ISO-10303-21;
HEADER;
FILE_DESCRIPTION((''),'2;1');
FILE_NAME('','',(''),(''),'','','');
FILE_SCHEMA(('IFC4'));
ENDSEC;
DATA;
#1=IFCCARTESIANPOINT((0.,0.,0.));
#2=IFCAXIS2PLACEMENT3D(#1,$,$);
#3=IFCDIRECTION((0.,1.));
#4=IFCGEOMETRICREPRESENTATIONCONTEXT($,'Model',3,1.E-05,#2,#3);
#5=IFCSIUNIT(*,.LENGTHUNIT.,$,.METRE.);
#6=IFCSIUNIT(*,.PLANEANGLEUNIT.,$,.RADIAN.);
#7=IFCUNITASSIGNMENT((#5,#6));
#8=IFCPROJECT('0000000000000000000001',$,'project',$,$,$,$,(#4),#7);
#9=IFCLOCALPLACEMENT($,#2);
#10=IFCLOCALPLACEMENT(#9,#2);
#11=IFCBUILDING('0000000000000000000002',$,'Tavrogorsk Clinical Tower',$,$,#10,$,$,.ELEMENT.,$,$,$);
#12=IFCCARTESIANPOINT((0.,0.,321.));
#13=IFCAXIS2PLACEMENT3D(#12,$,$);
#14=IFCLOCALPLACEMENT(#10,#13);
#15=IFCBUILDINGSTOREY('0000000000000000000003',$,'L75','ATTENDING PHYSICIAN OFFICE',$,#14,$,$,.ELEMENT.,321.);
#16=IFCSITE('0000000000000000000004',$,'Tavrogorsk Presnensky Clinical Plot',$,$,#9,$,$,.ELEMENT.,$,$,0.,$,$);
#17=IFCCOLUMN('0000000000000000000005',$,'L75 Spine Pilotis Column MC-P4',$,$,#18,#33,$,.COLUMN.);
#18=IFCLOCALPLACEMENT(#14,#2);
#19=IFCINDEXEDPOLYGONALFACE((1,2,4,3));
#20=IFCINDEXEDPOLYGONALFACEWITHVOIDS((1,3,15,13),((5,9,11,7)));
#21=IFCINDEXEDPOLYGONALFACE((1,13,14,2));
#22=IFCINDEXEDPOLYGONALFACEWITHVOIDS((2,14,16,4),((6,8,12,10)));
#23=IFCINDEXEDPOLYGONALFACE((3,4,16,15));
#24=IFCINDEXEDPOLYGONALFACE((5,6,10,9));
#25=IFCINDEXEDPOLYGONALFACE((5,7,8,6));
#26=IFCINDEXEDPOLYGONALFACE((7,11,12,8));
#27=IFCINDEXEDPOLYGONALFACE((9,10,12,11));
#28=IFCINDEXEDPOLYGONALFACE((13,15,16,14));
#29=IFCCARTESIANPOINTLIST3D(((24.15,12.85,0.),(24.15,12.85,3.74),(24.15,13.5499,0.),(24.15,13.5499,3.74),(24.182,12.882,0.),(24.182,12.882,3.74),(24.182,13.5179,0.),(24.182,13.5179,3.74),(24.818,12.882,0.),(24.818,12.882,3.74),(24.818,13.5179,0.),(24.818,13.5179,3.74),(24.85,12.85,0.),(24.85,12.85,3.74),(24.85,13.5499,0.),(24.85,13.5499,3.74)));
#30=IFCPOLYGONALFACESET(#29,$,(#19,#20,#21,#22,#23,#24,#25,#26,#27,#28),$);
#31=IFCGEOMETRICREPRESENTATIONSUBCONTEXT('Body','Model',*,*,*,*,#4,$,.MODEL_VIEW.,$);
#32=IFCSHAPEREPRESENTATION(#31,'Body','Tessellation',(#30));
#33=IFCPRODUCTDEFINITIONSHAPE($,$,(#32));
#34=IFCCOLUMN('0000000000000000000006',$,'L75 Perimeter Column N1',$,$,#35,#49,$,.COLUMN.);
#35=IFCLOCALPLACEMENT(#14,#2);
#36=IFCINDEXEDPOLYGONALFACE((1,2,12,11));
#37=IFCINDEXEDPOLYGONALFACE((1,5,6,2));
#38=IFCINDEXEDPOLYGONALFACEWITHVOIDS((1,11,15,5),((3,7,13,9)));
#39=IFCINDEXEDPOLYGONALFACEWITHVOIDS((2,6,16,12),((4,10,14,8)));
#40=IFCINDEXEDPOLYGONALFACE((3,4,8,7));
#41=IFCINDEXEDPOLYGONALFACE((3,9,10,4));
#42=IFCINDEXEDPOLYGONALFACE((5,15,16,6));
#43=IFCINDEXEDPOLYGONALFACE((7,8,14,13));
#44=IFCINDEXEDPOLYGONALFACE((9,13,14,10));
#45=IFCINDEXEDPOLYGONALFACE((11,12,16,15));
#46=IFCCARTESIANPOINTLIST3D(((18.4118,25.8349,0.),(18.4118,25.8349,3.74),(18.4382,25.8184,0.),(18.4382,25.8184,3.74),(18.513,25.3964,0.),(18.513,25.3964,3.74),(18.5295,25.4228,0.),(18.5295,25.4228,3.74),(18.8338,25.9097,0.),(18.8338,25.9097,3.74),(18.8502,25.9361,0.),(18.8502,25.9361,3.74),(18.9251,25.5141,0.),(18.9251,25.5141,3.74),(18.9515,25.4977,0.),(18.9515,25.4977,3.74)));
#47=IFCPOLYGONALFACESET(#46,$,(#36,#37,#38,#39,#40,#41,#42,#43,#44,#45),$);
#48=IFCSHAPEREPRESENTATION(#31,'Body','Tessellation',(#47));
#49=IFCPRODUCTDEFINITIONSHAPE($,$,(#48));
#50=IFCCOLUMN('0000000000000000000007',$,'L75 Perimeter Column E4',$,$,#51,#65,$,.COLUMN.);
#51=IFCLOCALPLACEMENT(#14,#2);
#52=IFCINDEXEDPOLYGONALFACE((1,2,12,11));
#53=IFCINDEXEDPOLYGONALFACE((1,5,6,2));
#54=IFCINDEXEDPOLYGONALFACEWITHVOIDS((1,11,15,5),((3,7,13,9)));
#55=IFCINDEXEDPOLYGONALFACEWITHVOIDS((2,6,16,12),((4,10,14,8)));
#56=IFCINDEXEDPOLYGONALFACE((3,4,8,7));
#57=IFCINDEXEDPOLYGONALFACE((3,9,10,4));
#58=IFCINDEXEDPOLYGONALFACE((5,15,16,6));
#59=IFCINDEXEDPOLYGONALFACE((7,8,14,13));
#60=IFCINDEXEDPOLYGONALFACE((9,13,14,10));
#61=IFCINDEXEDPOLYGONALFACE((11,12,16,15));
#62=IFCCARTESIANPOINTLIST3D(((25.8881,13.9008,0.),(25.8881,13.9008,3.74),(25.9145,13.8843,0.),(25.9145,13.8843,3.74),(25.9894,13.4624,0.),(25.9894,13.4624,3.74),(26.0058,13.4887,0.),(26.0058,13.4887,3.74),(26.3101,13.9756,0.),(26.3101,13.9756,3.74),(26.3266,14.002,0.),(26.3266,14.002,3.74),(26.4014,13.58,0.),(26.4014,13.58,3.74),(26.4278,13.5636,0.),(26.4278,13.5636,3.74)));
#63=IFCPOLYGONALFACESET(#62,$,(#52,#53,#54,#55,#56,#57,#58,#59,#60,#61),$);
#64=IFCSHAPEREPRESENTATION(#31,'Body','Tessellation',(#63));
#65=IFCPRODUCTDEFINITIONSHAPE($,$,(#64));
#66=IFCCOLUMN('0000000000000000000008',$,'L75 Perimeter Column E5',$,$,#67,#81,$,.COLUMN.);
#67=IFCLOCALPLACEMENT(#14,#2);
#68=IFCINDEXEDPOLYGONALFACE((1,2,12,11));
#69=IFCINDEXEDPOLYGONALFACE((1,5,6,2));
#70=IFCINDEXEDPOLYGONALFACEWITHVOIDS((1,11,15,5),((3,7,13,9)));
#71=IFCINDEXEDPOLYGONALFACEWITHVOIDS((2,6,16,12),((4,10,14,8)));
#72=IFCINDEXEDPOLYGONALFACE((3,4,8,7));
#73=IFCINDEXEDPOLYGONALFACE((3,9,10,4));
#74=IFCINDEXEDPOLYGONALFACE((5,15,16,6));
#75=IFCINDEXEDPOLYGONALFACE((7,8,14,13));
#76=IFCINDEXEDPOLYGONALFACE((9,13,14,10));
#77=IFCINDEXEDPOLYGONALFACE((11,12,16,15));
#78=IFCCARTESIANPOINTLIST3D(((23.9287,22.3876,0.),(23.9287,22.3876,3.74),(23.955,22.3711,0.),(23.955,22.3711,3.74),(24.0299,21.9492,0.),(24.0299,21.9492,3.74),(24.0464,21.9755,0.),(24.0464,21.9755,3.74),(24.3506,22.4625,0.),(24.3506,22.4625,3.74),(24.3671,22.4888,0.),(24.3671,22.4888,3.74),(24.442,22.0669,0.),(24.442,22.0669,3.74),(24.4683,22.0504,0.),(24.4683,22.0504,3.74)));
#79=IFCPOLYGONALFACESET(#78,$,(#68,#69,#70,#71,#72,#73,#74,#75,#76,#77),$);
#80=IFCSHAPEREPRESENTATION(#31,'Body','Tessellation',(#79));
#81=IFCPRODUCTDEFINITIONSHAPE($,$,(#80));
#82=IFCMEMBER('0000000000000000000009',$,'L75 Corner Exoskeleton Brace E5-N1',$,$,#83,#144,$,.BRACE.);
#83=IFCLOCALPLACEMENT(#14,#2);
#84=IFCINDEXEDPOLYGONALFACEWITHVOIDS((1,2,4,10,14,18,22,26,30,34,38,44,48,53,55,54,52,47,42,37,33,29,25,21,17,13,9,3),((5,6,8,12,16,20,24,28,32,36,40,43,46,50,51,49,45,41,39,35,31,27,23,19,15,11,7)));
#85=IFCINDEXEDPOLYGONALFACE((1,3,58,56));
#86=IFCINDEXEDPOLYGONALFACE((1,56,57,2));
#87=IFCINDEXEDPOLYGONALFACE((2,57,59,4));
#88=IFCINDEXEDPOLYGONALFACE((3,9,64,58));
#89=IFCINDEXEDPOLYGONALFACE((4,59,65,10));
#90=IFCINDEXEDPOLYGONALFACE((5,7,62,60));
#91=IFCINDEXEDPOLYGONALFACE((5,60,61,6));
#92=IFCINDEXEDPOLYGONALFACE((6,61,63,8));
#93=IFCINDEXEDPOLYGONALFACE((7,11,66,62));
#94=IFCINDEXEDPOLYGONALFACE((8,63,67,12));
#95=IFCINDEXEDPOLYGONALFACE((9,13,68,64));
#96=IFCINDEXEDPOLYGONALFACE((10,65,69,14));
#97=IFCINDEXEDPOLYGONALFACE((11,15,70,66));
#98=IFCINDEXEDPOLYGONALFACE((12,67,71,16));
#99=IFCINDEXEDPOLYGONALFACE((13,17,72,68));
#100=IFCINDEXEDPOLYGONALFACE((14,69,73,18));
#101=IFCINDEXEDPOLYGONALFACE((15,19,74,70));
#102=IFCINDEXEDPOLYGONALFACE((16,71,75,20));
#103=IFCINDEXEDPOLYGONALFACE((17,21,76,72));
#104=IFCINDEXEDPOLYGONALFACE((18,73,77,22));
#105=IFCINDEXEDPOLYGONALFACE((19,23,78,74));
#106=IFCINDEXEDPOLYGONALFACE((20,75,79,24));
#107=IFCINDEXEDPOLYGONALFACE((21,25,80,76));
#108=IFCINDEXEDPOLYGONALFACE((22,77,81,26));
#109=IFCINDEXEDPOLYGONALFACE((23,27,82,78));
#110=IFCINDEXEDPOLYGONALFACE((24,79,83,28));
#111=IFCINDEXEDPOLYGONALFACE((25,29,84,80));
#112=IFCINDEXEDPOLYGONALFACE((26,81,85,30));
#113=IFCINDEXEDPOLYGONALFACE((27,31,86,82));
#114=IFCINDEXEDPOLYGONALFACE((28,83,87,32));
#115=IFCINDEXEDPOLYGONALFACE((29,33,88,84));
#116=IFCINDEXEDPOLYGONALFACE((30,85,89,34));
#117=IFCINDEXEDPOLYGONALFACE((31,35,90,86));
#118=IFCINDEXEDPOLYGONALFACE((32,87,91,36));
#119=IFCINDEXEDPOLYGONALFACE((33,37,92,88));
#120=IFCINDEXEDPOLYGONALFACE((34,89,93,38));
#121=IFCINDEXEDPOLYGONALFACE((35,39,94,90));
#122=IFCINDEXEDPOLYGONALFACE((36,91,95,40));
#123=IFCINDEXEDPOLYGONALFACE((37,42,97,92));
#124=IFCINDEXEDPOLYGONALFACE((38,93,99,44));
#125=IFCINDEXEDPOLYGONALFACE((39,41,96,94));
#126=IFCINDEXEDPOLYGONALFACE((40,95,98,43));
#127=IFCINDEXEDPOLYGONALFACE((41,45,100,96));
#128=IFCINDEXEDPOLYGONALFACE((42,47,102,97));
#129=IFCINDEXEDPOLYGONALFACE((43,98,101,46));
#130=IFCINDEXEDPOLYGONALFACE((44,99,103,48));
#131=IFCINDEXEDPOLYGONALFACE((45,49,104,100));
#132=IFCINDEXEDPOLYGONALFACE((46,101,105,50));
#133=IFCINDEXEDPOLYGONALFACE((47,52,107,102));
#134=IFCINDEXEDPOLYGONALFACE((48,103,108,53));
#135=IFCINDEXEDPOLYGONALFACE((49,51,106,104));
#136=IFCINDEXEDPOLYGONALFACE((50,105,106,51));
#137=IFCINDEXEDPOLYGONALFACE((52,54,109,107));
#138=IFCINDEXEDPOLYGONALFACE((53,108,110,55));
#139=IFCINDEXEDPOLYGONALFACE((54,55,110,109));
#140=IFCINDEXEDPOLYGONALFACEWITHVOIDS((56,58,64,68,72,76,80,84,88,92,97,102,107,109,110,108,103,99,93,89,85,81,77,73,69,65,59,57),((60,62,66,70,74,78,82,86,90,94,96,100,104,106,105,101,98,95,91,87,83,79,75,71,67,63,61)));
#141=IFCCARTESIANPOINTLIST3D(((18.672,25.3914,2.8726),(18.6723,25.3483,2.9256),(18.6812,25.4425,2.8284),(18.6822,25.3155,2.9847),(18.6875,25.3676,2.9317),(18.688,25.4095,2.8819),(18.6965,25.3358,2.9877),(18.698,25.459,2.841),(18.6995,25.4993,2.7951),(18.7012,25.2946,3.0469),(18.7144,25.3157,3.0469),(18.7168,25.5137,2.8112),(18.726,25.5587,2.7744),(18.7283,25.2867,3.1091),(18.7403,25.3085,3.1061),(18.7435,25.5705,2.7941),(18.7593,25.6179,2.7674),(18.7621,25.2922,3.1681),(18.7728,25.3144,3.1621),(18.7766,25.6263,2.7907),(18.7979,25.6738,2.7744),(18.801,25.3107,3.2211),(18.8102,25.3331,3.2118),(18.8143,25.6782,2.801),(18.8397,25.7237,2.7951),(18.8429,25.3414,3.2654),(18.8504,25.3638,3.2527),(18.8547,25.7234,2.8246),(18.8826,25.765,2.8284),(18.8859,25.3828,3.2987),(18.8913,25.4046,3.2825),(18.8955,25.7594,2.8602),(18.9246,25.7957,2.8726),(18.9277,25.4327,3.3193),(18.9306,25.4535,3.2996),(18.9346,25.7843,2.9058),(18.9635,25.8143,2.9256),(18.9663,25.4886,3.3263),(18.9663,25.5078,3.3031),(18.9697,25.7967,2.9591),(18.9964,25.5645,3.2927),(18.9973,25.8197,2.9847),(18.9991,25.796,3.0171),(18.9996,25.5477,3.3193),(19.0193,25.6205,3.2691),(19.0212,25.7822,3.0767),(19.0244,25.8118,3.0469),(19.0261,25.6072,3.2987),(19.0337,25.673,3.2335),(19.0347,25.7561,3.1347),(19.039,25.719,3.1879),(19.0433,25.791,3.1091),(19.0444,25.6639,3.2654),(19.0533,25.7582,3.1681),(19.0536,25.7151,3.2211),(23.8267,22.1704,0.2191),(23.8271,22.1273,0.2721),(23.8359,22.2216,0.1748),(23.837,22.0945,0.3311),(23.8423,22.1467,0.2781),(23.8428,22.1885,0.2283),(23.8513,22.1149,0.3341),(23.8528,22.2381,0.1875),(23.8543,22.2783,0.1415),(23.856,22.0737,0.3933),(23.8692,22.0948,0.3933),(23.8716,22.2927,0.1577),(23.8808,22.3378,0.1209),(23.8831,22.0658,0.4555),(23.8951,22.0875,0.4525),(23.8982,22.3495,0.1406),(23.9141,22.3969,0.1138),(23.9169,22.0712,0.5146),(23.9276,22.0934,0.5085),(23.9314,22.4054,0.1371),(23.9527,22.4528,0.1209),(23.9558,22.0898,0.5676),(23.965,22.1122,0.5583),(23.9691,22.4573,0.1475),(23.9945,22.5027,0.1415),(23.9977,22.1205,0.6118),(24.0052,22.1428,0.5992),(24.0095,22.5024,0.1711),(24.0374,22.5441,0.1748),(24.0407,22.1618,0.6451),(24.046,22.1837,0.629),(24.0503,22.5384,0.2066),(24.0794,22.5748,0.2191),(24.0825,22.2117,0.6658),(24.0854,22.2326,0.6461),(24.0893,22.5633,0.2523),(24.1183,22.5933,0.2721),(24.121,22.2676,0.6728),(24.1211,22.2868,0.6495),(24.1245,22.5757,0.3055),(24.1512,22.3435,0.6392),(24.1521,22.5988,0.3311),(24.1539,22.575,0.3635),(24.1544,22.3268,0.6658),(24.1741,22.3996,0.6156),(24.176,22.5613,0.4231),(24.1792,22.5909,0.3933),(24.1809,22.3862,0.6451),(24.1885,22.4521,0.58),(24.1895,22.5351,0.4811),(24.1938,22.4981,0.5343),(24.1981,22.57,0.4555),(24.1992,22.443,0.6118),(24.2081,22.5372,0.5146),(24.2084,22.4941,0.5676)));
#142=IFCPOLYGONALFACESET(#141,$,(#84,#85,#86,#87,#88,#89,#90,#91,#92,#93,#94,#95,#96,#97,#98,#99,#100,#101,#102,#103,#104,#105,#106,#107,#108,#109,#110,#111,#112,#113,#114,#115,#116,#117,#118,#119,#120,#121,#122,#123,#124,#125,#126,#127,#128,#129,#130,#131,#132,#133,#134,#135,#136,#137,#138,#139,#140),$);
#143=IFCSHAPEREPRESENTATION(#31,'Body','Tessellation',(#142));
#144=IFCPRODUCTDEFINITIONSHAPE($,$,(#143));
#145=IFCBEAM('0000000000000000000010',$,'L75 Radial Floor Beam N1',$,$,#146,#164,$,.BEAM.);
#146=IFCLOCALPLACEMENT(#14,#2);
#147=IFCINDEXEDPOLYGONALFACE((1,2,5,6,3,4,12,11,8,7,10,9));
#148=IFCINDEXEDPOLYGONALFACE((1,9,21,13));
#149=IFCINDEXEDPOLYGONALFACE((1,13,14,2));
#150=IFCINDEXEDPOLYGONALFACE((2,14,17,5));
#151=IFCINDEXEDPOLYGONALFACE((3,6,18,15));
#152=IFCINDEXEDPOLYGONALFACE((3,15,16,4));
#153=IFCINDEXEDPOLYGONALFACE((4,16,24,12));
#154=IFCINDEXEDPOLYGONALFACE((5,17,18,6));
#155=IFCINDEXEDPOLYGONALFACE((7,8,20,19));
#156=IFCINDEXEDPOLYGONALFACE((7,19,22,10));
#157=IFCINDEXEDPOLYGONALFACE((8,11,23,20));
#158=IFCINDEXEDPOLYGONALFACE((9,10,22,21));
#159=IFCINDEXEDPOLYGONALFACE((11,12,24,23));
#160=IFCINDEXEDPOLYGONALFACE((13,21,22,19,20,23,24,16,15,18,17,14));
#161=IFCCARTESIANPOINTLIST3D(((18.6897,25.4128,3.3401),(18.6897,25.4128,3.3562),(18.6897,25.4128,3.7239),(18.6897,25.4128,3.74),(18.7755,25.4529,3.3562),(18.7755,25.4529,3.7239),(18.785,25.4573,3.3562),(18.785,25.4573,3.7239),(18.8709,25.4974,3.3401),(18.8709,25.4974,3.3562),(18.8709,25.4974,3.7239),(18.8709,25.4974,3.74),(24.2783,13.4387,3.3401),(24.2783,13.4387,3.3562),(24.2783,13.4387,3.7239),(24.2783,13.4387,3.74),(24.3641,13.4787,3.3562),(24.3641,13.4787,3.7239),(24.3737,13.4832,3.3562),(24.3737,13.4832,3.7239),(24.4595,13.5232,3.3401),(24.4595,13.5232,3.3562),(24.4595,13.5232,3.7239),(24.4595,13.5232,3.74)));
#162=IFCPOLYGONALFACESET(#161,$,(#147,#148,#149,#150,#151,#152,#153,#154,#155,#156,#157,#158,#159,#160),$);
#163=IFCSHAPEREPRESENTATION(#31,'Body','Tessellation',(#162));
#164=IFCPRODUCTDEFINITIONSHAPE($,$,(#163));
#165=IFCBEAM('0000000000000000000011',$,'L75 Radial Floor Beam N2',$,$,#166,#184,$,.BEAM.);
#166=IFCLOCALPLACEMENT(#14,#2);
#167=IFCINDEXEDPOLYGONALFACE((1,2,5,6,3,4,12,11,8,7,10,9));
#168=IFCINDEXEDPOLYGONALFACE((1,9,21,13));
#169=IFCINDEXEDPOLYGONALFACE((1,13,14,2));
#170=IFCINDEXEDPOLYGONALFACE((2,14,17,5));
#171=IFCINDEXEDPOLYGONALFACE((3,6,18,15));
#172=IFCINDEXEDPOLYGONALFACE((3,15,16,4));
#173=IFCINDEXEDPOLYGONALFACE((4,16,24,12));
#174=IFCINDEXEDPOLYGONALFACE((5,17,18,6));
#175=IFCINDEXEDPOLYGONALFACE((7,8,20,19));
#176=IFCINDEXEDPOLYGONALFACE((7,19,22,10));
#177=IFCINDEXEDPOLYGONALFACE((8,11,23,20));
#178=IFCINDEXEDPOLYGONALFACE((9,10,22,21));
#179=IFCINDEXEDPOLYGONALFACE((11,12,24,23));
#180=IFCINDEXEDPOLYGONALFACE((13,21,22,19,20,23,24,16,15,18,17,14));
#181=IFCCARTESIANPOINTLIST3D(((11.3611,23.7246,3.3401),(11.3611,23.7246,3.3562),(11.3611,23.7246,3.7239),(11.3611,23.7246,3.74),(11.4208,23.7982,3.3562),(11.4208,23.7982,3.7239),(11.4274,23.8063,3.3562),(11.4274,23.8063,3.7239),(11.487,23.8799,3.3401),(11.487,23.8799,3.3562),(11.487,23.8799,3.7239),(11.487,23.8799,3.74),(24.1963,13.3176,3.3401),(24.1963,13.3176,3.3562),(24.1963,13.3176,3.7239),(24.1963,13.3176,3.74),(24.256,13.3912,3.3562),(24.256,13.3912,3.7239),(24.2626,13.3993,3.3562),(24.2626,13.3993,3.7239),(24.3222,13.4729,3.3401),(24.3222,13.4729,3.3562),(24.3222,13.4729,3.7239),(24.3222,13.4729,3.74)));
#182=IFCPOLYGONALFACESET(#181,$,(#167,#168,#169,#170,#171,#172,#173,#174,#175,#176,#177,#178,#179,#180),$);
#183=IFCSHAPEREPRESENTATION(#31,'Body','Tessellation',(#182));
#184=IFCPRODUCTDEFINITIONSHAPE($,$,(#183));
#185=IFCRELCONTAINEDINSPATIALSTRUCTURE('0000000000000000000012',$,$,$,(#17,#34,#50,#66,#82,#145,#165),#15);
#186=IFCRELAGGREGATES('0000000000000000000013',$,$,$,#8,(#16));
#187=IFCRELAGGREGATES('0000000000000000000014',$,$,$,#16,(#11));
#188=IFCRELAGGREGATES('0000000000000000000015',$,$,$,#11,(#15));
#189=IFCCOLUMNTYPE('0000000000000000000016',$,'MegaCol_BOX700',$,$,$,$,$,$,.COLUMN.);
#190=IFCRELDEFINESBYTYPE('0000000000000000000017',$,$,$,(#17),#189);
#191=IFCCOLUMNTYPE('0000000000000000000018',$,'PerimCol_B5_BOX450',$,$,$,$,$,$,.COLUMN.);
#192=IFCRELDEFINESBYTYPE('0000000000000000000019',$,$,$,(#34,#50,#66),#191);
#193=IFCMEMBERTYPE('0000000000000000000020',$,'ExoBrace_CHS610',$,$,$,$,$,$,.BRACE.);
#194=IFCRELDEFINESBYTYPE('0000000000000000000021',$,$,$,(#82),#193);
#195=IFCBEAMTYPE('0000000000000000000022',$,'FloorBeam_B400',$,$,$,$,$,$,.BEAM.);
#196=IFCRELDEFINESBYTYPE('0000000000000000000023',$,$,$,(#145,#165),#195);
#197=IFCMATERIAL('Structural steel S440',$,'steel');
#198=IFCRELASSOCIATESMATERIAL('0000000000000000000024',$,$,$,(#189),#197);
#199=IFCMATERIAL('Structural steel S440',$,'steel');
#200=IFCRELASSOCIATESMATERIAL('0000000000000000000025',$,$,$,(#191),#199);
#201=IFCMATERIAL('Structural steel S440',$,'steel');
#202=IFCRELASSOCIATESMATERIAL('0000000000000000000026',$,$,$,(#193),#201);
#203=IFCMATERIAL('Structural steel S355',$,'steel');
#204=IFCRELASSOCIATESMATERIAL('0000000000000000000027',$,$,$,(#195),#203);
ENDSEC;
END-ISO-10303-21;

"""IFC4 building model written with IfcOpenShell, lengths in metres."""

from ifc_helpers import new_model, si_unit, direction, frame, origin, origin_2d, place, context, subcontext, project, spatial, hollow_rectangle, hollow_circle, i_section, extrude, material, material_profile, profile_set, type_object, element, save


model = new_model("IFC4")

# Units and contexts
model_context = context("Model", 3, precision=1e-05, world=origin(), true_north=direction((0.0, 1.0)))
body_context = subcontext(model_context, "Body", "Model", "MODEL_VIEW")
ifc_project = project(units=[si_unit("LENGTHUNIT", "METRE"), si_unit("PLANEANGLEUNIT", "RADIAN")], contexts=[model_context])

# Site, building, storey
site_placement = place(None, origin())
site = spatial("IfcSite", under=ifc_project, at=site_placement, Name="Tavrogorsk Presnensky Clinical Plot", CompositionType="ELEMENT", RefElevation=0.0)
building_placement = place(site_placement, origin())
building = spatial("IfcBuilding", under=site, at=building_placement, Name="Tavrogorsk Clinical Tower", CompositionType="ELEMENT")
storey_placement = place(building_placement, frame((0.0, 0.0, 321.0)))
storey = spatial("IfcBuildingStorey", under=building, at=storey_placement, Name="L75", Description="ATTENDING PHYSICIAN OFFICE", CompositionType="ELEMENT", Elevation=321.0)

# Columns
ifc_material_1 = material(Name="Structural steel S440", Category="steel")
ifc_material_profile_1 = material_profile(ifc_material_1, hollow_rectangle(XDim=0.7, YDim=0.7, WallThickness=0.032, at=origin_2d()), Name="BOX-700x700x32")
ifc_profile_set_1 = profile_set([ifc_material_profile_1], Name="Structural steel S440")
column_type_1 = type_object("IfcColumnType", Name="MegaCol_BOX700", PredefinedType="COLUMN", material=ifc_profile_set_1)
column_placement = place(storey_placement, frame((24.5, 13.2, 0.0), z_axis=(0.0, 0.0, 1.0), x_axis=(1.0, 0.0, 0.0)))
element("IfcColumn", 1, at=column_placement, inside=storey, type_object=column_type_1, Name="L75 Spine Pilotis Column MC-P4", PredefinedType="COLUMN", context=body_context, shape_type="SweptSolid", body=[
    extrude(hollow_rectangle(XDim=0.7, YDim=0.7, WallThickness=0.032, at=origin_2d()), origin(), (0.0, 0.0, 1.0), 3.74),
])
ifc_material_2 = material(Name="Structural steel S440", Category="steel")
ifc_material_profile_2 = material_profile(ifc_material_2, hollow_rectangle(XDim=0.45, YDim=0.45, WallThickness=0.022, at=origin_2d()), Name="BOX-450x450x22")
ifc_profile_set_2 = profile_set([ifc_material_profile_2], Name="Structural steel S440")
column_type_2 = type_object("IfcColumnType", Name="PerimCol_B5_BOX450", PredefinedType="COLUMN", material=ifc_profile_set_2)
for number, where, z_axis, x_axis, name in (
    (2, (18.6816, 25.6663, 0.0), (0.0, 0.0, 1.0), (0.97437, 0.224951, 0.0), "L75 Perimeter Column N1"),
    (3, (26.158, 13.7322, 0.0), (0.0, 0.0, 1.0), (0.97437, 0.224951, 0.0), "L75 Perimeter Column E4"),
    (4, (24.1985, 22.219, 0.0), (0.0, 0.0, 1.0), (0.97437, 0.224951, 0.0), "L75 Perimeter Column E5"),
):
    element("IfcColumn", number, at=place(storey_placement, frame(where, z_axis=z_axis, x_axis=x_axis)), inside=storey, type_object=column_type_2, Name=name, PredefinedType="COLUMN", context=body_context, shape_type="SweptSolid", body=[
        extrude(hollow_rectangle(XDim=0.45, YDim=0.45, WallThickness=0.022, at=origin_2d()), origin(), (0.0, 0.0, 1.0), 3.74),
    ])

# Member
ifc_material_3 = material(Name="Structural steel S440", Category="steel")
ifc_material_profile_3 = material_profile(ifc_material_3, hollow_circle(Radius=0.3049, WallThickness=0.0249, at=origin_2d()), Name="CHS-610x25")
ifc_profile_set_3 = profile_set([ifc_material_profile_3], Name="Structural steel S440")
member_type_1 = type_object("IfcMemberType", Name="ExoBrace_CHS610", PredefinedType="BRACE", material=ifc_profile_set_3)
member_placement = place(storey_placement, frame((24.0176, 22.3323, 0.3933), z_axis=(-0.777222, 0.485644, 0.400096), x_axis=(-0.529905, -0.848057, 0.0)))
element("IfcMember", 5, at=member_placement, inside=storey, type_object=member_type_1, Name="L75 Corner Exoskeleton Brace E5-N1", PredefinedType="BRACE", context=body_context, shape_type="SweptSolid", body=[
    extrude(hollow_circle(Radius=0.3049, WallThickness=0.0249, at=origin_2d()), origin(), (0.0, 0.0, 1.0), 6.6323),
])

# Beams
ifc_material_4 = material(Name="Structural steel S355", Category="steel")
ifc_material_profile_4 = material_profile(ifc_material_4, i_section(OverallWidth=0.2, OverallDepth=0.3999, WebThickness=0.0105, FlangeThickness=0.0161, at=origin_2d()), Name="B-400x200x10.5x16")
ifc_profile_set_4 = profile_set([ifc_material_profile_4], Name="Structural steel S355")
beam_type_1 = type_object("IfcBeamType", Name="FloorBeam_B400", PredefinedType="BEAM", material=ifc_profile_set_4)
beam_1_placement = place(storey_placement, frame((24.3689, 13.481, 3.54), z_axis=(-0.422929, 0.906163, 0.0), x_axis=(-0.906163, -0.422929, 0.0)))
element("IfcBeam", 6, at=beam_1_placement, inside=storey, type_object=beam_type_1, Name="L75 Radial Floor Beam N1", PredefinedType="BEAM", context=body_context, shape_type="SweptSolid", body=[
    extrude(i_section(OverallWidth=0.2, OverallDepth=0.3999, WebThickness=0.0105, FlangeThickness=0.0161, at=origin_2d()), origin(), (0.0, 0.0, 1.0), 13.2141),
])
beam_2_placement = place(storey_placement, frame((24.2593, 13.3953, 3.54), z_axis=(-0.776754, 0.629804, 0.0), x_axis=(-0.629804, -0.776754, 0.0)))
element("IfcBeam", 7, at=beam_2_placement, inside=storey, type_object=beam_type_1, Name="L75 Radial Floor Beam N2", PredefinedType="BEAM", context=body_context, shape_type="SweptSolid", body=[
    extrude(i_section(OverallWidth=0.2, OverallDepth=0.3999, WebThickness=0.0105, FlangeThickness=0.0161, at=origin_2d()), origin(), (0.0, 0.0, 1.0), 16.5242),
])

save(model, "model.ifc")
